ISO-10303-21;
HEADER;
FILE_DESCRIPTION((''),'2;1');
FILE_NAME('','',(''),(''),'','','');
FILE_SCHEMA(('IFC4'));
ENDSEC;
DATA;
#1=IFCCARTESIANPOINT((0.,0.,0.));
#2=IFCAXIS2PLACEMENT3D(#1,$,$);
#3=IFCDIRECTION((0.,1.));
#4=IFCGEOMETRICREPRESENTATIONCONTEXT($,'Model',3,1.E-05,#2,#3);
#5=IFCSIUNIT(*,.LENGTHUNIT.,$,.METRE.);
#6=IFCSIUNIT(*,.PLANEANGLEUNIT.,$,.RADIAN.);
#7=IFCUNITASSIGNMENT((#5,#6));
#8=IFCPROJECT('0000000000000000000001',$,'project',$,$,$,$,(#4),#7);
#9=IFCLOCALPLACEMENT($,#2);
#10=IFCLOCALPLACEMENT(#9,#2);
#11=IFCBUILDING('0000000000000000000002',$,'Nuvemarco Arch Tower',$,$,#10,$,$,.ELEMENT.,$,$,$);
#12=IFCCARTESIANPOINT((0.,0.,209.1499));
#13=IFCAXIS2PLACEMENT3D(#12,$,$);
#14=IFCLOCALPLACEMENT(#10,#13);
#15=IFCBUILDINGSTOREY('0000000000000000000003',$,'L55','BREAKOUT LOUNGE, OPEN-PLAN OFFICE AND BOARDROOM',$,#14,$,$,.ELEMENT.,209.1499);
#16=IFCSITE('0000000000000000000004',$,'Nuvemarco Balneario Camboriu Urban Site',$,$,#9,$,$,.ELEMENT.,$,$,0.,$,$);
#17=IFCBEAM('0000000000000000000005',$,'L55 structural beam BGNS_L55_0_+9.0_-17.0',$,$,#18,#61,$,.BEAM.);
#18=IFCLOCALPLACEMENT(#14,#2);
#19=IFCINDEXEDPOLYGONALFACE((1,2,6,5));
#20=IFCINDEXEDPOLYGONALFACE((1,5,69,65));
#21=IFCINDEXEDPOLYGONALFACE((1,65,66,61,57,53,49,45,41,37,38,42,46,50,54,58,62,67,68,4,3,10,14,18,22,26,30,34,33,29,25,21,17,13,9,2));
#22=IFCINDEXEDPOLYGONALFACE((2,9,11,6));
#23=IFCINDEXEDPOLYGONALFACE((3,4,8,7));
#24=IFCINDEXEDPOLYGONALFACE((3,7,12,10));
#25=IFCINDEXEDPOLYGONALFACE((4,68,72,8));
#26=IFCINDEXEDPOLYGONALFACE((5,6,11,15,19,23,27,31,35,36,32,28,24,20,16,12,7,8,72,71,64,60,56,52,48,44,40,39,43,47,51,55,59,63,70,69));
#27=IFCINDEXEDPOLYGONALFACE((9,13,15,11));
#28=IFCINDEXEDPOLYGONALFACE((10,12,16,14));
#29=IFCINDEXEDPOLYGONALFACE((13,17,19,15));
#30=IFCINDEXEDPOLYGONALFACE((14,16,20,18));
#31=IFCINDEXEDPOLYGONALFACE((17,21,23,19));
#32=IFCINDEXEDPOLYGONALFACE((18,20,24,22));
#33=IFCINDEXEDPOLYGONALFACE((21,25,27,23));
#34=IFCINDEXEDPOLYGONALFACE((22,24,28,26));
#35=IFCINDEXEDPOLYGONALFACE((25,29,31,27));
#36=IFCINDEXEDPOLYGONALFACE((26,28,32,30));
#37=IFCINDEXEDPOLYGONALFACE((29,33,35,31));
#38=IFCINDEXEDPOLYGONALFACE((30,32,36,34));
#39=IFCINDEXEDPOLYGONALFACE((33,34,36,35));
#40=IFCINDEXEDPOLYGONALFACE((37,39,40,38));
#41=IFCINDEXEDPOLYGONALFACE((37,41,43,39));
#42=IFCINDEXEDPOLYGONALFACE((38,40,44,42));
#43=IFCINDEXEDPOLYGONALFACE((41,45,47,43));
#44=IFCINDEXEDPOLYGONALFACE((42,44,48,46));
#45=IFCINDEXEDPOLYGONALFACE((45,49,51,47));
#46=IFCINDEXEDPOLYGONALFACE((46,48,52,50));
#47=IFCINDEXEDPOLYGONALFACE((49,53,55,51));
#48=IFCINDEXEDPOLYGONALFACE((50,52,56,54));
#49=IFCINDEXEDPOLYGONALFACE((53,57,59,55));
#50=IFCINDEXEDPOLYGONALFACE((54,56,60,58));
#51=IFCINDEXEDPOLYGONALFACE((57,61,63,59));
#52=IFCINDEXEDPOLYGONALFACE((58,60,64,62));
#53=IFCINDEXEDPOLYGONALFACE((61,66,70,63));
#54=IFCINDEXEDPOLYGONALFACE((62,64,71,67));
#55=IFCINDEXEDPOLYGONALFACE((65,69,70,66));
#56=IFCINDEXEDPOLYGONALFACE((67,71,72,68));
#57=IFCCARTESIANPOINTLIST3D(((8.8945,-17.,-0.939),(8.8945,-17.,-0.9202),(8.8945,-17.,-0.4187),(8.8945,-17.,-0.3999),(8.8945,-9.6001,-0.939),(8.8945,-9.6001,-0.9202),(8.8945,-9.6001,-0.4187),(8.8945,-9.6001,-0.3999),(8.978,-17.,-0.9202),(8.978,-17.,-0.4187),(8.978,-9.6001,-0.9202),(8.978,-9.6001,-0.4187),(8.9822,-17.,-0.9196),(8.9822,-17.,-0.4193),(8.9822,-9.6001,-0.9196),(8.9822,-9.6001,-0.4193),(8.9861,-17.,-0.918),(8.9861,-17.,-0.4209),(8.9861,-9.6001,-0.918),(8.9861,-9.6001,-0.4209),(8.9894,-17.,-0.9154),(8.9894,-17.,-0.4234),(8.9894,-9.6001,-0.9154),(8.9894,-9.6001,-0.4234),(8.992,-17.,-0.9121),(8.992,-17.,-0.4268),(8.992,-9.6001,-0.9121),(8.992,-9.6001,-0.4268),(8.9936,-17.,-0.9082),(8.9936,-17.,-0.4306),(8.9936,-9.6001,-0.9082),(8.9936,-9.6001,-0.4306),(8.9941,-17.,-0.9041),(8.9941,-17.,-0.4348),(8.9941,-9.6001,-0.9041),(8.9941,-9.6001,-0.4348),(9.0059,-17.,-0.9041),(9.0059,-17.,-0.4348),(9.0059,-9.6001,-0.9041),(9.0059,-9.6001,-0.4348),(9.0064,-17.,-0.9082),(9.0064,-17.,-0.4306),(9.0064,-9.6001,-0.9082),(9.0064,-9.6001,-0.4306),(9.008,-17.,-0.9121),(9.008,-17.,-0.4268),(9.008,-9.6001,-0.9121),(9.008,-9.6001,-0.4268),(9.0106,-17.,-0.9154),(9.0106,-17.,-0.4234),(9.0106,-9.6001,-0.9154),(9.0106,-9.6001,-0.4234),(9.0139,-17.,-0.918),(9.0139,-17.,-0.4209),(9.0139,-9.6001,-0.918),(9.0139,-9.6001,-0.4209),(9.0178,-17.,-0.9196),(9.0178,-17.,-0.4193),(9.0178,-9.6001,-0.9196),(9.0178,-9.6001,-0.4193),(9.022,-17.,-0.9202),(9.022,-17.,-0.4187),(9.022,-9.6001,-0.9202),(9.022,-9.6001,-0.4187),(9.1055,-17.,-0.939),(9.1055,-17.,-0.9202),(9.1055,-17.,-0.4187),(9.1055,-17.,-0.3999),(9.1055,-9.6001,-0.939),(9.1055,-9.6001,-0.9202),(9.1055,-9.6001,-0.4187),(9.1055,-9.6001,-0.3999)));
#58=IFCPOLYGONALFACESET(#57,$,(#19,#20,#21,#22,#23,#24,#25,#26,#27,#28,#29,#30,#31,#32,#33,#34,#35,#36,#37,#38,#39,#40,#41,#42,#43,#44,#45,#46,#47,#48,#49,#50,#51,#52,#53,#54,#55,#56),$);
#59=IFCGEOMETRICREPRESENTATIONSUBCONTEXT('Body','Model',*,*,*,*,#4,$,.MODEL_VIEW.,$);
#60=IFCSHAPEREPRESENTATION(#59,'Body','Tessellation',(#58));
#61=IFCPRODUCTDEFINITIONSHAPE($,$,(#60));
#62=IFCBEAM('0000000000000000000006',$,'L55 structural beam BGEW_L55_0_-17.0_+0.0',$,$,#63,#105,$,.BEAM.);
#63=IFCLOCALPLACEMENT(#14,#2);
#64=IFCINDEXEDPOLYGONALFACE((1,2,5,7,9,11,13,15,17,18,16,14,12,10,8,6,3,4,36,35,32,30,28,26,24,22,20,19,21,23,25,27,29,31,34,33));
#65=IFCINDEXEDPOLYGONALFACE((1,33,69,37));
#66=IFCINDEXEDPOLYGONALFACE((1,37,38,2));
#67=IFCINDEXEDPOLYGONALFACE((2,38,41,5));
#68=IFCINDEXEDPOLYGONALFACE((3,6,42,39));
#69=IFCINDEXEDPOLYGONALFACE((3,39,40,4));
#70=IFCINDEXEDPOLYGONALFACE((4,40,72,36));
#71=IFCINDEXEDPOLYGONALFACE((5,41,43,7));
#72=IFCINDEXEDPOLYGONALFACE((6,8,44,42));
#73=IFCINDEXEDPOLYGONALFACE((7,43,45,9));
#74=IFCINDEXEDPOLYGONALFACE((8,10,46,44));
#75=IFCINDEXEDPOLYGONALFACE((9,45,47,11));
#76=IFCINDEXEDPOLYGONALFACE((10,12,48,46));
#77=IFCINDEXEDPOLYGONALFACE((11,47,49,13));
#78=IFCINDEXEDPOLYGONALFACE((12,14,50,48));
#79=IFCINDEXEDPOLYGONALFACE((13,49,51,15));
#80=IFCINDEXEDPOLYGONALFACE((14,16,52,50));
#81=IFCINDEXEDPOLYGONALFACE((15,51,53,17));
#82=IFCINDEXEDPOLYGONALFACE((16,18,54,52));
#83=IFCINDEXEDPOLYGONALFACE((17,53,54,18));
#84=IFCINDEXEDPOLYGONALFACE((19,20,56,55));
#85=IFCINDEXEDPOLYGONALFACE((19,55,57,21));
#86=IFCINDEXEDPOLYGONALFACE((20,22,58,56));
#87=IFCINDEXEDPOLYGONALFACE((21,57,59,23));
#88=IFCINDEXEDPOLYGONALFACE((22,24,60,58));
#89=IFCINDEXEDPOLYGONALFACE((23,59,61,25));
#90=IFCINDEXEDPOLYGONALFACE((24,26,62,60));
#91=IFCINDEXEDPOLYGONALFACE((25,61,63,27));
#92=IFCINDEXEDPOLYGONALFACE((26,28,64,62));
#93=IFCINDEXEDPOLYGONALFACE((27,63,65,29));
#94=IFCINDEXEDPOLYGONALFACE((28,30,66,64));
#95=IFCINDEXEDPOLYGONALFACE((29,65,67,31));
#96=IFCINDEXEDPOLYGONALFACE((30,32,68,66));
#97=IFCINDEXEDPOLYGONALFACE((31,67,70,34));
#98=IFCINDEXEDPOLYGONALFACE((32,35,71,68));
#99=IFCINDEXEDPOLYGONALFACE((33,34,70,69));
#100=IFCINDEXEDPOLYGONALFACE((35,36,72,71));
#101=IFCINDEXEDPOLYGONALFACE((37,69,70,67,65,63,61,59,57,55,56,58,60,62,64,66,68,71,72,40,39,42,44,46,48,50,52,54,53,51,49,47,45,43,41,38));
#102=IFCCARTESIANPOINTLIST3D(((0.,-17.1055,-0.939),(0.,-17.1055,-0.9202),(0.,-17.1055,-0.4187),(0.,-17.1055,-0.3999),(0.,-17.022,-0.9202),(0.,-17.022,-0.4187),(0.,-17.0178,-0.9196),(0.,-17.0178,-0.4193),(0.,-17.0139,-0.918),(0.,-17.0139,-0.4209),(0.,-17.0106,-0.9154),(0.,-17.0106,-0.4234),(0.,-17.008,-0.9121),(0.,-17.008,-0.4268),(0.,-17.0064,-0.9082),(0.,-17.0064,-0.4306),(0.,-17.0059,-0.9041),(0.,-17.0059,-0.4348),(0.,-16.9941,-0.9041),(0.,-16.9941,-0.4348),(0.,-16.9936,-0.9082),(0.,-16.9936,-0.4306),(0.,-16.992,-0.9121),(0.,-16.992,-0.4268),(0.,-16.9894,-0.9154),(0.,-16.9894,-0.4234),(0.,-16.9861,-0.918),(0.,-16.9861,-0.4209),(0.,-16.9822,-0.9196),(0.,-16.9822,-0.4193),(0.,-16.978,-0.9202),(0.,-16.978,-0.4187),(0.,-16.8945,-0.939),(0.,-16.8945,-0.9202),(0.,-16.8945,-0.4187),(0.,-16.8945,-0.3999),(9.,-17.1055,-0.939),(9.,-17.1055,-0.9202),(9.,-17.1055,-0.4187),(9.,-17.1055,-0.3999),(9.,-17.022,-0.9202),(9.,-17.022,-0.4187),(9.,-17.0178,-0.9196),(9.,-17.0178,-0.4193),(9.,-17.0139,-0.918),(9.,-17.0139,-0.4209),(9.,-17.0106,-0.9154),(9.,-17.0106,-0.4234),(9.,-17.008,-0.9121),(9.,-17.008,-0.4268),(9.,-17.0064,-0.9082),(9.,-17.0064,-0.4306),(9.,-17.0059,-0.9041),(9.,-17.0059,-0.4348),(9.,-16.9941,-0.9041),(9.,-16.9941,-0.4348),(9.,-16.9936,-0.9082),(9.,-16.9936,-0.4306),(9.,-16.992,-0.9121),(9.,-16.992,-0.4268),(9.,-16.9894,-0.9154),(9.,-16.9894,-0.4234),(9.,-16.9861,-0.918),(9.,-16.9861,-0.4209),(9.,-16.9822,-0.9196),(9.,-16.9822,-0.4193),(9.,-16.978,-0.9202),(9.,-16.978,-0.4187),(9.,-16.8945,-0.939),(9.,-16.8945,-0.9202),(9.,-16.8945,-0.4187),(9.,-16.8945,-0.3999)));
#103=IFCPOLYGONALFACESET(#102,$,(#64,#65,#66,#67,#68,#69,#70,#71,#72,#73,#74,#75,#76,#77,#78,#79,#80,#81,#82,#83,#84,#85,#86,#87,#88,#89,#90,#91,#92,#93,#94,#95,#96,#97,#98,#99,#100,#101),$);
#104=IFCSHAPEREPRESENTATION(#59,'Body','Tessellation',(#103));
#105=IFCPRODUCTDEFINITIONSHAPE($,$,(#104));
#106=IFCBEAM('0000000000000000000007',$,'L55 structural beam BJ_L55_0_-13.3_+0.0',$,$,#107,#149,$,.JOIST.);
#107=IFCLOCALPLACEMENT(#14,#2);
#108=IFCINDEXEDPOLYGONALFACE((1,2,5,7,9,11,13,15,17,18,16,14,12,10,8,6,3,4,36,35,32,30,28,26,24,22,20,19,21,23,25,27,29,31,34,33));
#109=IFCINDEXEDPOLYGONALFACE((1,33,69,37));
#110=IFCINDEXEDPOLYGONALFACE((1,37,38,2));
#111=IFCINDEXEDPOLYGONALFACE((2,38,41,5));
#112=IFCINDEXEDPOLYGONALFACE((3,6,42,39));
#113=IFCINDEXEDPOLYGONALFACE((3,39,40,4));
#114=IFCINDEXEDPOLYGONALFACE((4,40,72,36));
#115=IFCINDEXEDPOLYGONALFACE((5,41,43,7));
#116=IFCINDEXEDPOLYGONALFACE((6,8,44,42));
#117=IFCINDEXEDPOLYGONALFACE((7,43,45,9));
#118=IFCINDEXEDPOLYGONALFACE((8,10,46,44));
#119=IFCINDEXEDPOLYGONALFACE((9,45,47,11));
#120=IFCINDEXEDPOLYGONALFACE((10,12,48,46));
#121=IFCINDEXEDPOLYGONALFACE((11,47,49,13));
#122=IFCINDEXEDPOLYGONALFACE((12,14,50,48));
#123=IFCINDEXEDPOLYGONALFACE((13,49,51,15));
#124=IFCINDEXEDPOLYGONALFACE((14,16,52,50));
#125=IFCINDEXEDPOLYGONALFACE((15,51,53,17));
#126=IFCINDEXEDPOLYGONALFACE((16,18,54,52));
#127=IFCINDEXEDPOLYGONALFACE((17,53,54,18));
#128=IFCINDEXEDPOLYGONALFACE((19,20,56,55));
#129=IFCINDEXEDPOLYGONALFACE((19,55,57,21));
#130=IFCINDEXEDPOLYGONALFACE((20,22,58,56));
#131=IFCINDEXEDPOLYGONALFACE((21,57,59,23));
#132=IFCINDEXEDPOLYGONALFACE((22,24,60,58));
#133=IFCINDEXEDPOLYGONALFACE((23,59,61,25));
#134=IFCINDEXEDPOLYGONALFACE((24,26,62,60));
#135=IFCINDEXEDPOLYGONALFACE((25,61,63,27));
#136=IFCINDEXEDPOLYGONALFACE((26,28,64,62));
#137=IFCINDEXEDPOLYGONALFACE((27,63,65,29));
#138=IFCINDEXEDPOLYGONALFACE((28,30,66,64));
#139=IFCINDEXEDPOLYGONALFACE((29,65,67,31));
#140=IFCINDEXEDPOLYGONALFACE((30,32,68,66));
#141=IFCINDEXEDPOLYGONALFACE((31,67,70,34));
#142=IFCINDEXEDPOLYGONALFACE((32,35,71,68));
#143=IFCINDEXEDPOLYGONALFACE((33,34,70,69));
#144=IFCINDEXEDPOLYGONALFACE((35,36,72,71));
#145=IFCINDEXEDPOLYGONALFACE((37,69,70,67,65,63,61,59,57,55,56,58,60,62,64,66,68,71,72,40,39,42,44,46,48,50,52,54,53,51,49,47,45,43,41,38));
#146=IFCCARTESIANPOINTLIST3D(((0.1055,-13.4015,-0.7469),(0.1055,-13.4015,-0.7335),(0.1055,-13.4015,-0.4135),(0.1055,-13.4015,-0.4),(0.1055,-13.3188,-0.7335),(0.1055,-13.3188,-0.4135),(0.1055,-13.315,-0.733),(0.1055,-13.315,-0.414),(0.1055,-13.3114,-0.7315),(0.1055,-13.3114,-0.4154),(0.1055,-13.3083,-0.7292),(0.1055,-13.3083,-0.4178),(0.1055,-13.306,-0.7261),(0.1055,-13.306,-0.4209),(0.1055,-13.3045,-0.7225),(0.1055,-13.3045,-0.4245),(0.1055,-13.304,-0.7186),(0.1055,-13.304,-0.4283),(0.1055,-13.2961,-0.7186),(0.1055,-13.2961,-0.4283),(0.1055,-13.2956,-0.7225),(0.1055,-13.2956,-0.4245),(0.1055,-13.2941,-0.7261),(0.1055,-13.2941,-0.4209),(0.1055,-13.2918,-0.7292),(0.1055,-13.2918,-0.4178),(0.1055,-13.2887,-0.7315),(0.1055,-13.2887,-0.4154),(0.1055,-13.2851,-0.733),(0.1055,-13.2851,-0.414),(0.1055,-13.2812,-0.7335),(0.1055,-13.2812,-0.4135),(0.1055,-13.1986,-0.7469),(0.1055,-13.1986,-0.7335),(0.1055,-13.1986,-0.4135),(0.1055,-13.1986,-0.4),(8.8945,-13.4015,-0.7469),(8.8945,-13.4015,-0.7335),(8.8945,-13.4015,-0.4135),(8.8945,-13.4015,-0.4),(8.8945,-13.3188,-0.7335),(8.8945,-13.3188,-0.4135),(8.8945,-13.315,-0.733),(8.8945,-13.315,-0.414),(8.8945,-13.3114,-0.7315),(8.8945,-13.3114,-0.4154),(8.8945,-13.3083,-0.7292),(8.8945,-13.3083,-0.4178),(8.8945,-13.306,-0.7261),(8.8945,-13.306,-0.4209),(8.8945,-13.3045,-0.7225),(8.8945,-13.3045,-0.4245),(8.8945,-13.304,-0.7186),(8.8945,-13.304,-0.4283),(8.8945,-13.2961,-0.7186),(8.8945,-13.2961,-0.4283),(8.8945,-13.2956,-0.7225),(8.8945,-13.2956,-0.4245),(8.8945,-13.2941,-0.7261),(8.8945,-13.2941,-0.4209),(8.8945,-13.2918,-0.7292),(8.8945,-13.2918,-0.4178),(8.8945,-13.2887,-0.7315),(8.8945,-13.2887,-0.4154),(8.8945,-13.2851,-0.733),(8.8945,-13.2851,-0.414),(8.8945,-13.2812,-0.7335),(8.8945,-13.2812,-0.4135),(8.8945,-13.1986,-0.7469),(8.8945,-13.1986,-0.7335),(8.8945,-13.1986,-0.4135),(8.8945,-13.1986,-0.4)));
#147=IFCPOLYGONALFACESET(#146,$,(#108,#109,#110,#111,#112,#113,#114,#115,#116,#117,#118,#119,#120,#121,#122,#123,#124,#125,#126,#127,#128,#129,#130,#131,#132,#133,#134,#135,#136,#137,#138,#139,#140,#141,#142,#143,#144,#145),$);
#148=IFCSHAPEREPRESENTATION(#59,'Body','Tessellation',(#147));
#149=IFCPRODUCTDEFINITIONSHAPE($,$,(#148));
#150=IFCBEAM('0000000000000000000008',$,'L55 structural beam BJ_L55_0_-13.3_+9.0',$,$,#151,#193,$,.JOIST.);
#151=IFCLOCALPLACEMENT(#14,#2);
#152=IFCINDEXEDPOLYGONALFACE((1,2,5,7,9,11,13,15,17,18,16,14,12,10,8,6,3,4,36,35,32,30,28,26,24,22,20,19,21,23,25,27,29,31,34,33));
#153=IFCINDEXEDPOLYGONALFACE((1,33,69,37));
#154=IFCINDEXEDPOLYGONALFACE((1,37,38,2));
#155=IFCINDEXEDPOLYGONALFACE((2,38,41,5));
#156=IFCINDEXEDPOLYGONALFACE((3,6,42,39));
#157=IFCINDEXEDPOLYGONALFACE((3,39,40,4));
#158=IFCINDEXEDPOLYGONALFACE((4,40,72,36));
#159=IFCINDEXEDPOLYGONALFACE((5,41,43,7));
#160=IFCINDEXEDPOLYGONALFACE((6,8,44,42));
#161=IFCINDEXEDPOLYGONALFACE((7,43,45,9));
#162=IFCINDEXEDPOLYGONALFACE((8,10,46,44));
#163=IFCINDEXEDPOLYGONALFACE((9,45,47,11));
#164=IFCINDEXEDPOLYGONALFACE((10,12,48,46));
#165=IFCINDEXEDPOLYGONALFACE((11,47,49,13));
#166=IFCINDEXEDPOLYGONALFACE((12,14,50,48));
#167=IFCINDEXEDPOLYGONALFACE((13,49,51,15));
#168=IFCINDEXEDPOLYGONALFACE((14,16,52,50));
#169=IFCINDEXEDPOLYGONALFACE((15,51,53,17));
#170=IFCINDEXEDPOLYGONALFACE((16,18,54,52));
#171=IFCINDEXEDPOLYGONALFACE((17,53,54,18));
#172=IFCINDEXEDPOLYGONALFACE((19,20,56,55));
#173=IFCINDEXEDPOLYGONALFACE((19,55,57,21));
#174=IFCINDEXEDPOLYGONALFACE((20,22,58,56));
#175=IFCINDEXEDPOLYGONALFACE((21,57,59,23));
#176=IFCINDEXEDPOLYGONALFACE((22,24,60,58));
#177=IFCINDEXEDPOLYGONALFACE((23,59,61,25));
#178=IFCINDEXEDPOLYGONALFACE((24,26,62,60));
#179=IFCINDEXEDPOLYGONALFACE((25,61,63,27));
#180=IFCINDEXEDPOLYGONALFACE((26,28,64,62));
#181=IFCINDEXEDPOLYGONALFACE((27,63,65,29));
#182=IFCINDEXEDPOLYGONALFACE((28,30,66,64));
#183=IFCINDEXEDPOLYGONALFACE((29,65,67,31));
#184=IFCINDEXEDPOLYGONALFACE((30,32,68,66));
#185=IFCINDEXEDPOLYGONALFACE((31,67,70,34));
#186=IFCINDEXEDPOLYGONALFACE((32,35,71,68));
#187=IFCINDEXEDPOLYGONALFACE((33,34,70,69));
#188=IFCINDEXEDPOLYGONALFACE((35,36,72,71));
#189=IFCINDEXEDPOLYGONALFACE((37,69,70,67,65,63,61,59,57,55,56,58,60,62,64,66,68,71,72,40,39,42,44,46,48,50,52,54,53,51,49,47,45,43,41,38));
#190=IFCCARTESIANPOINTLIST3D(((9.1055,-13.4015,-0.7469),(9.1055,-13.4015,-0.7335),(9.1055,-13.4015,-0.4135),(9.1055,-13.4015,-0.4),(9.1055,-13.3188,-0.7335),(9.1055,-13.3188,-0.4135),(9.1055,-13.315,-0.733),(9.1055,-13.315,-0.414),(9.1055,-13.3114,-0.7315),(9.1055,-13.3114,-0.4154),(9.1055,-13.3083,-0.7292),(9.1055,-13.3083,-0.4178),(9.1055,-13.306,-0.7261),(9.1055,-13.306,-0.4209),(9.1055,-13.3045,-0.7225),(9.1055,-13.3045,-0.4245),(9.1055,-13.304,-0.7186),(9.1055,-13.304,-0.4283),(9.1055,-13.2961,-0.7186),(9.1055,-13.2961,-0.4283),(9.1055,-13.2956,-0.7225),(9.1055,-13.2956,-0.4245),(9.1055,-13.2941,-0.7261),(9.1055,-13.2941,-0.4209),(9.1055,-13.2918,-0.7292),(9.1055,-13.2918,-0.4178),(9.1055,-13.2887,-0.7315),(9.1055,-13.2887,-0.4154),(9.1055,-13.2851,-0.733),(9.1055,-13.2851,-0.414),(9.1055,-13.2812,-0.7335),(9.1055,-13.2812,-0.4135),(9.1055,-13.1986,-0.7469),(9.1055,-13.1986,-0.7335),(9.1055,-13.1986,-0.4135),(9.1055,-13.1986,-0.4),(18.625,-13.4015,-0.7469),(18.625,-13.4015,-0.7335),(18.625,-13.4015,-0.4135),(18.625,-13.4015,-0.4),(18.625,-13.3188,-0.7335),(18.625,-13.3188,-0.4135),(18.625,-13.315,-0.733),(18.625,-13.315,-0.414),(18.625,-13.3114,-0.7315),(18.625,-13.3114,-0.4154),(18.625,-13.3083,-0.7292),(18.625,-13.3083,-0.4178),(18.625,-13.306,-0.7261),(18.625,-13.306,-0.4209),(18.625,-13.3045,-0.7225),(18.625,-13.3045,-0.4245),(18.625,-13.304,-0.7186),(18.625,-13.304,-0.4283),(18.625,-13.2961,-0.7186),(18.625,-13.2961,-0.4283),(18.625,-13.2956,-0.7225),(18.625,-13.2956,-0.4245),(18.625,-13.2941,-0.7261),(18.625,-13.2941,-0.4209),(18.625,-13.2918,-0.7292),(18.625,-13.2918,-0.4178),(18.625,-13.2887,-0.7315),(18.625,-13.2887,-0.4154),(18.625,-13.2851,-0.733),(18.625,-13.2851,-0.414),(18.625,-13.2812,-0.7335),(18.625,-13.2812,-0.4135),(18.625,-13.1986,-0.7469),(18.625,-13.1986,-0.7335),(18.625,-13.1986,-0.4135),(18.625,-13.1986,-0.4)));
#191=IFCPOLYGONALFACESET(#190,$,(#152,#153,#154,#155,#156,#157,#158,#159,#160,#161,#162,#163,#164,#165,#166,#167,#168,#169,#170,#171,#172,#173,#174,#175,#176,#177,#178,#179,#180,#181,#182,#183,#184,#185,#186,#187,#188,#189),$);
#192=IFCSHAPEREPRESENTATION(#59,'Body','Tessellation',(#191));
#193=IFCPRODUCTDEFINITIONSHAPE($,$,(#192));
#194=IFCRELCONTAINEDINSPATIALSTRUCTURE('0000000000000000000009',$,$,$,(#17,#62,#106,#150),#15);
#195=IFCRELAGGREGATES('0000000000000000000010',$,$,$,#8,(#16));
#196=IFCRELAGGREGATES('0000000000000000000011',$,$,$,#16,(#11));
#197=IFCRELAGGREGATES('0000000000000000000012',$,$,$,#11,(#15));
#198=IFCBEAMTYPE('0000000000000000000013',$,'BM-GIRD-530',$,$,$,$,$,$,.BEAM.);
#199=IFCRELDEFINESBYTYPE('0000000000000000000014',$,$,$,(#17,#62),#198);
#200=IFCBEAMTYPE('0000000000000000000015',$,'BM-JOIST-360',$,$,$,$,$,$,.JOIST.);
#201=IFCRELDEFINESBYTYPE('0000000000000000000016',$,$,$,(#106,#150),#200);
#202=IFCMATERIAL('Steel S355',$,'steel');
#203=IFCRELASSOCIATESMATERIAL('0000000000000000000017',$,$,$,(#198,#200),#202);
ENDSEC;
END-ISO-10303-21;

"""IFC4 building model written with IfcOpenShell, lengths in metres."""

from ifc_helpers import new_model, si_unit, direction, frame, origin, origin_2d, place, context, subcontext, project, spatial, i_section, extrude, material, material_profile, profile_set, type_object, element, save


model = new_model("IFC4")

# Units and contexts
model_context = context("Model", 3, precision=1e-05, world=origin(), true_north=direction((0.0, 1.0)))
body_context = subcontext(model_context, "Body", "Model", "MODEL_VIEW")
ifc_project = project(units=[si_unit("LENGTHUNIT", "METRE"), si_unit("PLANEANGLEUNIT", "RADIAN")], contexts=[model_context])

# Site, building, storey
site_placement = place(None, origin())
site = spatial("IfcSite", under=ifc_project, at=site_placement, Name="Nuvemarco Balneario Camboriu Urban Site", CompositionType="ELEMENT", RefElevation=0.0)
building_placement = place(site_placement, origin())
building = spatial("IfcBuilding", under=site, at=building_placement, Name="Nuvemarco Arch Tower", CompositionType="ELEMENT")
storey_placement = place(building_placement, frame((0.0, 0.0, 209.1499)))
storey = spatial("IfcBuildingStorey", under=building, at=storey_placement, Name="L55", Description="BREAKOUT LOUNGE, OPEN-PLAN OFFICE AND BOARDROOM", CompositionType="ELEMENT", Elevation=209.1499)

# Shared definitions
ifc_material_1 = material(Name="Steel S355", Category="steel")

# Beams
ifc_material_profile_1 = material_profile(ifc_material_1, i_section(OverallWidth=0.2109, OverallDepth=0.5391, WebThickness=0.0117, FlangeThickness=0.0188, FilletRadius=0.0161, at=origin_2d()), Name="W530x109")
ifc_profile_set_1 = profile_set([ifc_material_profile_1], Name="Steel S355")
beam_type_1 = type_object("IfcBeamType", Name="BM-GIRD-530", PredefinedType="BEAM", material=ifc_profile_set_1)
beam_1_placement = place(storey_placement, frame((9.0, -17.0, -0.6694), z_axis=(0.0, 1.0, 0.0), x_axis=(-1.0, 0.0, 0.0)))
element("IfcBeam", 1, at=beam_1_placement, inside=storey, type_object=beam_type_1, Name="L55 structural beam BGNS_L55_0_+9.0_-17.0", PredefinedType="BEAM", context=body_context, shape_type="SweptSolid", body=[
    extrude(i_section(OverallWidth=0.2109, OverallDepth=0.5391, WebThickness=0.0117, FlangeThickness=0.0188, FilletRadius=0.0161, at=origin_2d()), origin(), (0.0, 0.0, 1.0), 7.3999),
])
beam_2_placement = place(storey_placement, frame((0.0, -17.0, -0.6694), z_axis=(1.0, 0.0, 0.0), x_axis=(0.0, 1.0, 0.0)))
element("IfcBeam", 2, at=beam_2_placement, inside=storey, type_object=beam_type_1, Name="L55 structural beam BGEW_L55_0_-17.0_+0.0", PredefinedType="BEAM", context=body_context, shape_type="SweptSolid", body=[
    extrude(i_section(OverallWidth=0.2109, OverallDepth=0.5391, WebThickness=0.0117, FlangeThickness=0.0188, FilletRadius=0.0161, at=origin_2d()), origin(), (0.0, 0.0, 1.0), 9.0),
])
ifc_material_profile_2 = material_profile(ifc_material_1, i_section(OverallWidth=0.2029, OverallDepth=0.3469, WebThickness=0.0078, FlangeThickness=0.0134, FilletRadius=0.0149, at=origin_2d()), Name="W360x64")
ifc_profile_set_2 = profile_set([ifc_material_profile_2], Name="Steel S355")
beam_type_2 = type_object("IfcBeamType", Name="BM-JOIST-360", PredefinedType="JOIST", material=ifc_profile_set_2)
beam_3_placement = place(storey_placement, frame((0.1055, -13.3, -0.5735), z_axis=(1.0, 0.0, 0.0), x_axis=(0.0, 1.0, 0.0)))
element("IfcBeam", 3, at=beam_3_placement, inside=storey, type_object=beam_type_2, Name="L55 structural beam BJ_L55_0_-13.3_+0.0", PredefinedType="JOIST", context=body_context, shape_type="SweptSolid", body=[
    extrude(i_section(OverallWidth=0.2029, OverallDepth=0.3469, WebThickness=0.0078, FlangeThickness=0.0134, FilletRadius=0.0149, at=origin_2d()), origin(), (0.0, 0.0, 1.0), 8.7891),
])
beam_4_placement = place(storey_placement, frame((9.1055, -13.3, -0.5735), z_axis=(1.0, 0.0, 0.0), x_axis=(0.0, 1.0, 0.0)))
element("IfcBeam", 4, at=beam_4_placement, inside=storey, type_object=beam_type_2, Name="L55 structural beam BJ_L55_0_-13.3_+9.0", PredefinedType="JOIST", context=body_context, shape_type="SweptSolid", body=[
    extrude(i_section(OverallWidth=0.2029, OverallDepth=0.3469, WebThickness=0.0078, FlangeThickness=0.0134, FilletRadius=0.0149, at=origin_2d()), origin(), (0.0, 0.0, 1.0), 9.5195),
])

save(model, "model.ifc")
